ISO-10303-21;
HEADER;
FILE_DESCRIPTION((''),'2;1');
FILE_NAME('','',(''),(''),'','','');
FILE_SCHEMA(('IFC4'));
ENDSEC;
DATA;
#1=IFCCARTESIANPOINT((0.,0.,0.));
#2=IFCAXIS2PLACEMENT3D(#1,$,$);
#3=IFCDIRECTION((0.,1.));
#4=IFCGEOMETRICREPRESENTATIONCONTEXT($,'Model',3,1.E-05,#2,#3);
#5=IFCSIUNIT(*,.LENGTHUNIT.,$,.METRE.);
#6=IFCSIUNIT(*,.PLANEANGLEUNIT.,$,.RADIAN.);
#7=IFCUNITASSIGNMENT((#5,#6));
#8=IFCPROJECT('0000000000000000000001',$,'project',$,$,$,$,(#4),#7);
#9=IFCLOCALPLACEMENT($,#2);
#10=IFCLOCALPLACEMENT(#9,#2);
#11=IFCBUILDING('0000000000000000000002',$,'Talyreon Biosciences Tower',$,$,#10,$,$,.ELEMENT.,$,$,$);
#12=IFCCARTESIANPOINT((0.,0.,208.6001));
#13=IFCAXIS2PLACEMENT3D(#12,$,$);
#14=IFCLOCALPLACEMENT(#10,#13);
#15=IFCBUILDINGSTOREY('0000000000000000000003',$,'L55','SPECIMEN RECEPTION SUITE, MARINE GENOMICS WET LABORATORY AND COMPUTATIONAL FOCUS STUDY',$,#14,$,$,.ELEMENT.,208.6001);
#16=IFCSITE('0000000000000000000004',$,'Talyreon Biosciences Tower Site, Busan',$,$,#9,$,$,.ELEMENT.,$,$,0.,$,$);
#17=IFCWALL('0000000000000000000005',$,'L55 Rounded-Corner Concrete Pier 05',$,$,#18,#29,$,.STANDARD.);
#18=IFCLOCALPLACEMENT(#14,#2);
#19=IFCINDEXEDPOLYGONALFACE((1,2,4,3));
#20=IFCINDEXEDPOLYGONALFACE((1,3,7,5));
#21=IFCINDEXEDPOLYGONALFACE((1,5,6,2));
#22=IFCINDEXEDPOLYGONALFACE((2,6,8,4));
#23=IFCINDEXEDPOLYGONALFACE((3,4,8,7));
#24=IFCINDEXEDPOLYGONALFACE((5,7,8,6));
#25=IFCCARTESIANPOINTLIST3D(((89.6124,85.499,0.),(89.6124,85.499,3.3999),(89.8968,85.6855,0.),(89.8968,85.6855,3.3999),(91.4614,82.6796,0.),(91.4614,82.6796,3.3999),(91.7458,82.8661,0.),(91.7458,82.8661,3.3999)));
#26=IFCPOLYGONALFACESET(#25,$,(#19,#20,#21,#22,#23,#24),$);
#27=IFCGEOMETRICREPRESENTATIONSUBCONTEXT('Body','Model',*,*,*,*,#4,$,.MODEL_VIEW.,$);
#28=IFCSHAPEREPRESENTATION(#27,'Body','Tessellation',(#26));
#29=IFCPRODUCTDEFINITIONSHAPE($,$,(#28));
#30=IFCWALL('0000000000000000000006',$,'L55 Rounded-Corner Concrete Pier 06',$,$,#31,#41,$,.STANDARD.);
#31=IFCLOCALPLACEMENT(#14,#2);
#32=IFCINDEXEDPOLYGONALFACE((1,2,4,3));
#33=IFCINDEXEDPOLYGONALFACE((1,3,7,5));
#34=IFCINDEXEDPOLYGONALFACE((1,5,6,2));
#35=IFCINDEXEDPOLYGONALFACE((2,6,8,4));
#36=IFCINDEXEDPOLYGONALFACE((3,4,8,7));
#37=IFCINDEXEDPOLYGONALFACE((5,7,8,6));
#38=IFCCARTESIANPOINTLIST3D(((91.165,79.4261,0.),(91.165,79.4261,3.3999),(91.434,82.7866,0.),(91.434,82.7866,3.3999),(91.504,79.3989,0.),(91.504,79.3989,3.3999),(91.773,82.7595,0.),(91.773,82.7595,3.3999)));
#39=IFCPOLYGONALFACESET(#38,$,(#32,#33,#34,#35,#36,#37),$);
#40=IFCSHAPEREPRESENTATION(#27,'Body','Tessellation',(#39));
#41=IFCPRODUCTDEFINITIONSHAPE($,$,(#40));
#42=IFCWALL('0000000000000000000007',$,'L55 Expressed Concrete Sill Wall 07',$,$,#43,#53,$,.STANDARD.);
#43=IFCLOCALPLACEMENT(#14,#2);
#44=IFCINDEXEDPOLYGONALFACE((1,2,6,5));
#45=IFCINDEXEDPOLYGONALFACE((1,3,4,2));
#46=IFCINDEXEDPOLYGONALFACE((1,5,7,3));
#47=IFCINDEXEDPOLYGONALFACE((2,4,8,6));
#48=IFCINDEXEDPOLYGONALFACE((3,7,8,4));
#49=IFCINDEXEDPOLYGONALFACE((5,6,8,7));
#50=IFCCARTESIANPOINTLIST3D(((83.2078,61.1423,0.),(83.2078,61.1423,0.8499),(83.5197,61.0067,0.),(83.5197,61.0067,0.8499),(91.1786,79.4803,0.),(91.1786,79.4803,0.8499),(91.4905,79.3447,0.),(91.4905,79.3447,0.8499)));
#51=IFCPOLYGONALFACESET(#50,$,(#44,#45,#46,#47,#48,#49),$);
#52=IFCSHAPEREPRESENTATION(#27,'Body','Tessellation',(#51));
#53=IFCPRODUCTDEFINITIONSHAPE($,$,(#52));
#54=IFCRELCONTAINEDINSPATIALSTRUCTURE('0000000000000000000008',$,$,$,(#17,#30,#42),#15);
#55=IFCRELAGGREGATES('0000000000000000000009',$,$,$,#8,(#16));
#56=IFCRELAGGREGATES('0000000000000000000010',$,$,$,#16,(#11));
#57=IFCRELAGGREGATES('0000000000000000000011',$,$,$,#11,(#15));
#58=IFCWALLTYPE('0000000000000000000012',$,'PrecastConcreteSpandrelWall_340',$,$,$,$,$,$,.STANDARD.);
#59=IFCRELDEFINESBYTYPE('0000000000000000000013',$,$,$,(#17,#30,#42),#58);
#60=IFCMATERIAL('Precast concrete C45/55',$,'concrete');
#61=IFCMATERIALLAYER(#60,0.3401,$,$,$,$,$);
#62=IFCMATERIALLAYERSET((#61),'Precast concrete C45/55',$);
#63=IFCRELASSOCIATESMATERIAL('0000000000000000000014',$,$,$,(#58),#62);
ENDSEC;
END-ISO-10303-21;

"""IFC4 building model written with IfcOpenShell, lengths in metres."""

from ifc_helpers import new_model, si_unit, direction, frame, frame_2d, origin, place, context, subcontext, project, spatial, rectangle, extrude, material, layer, layer_set, type_object, element, save


model = new_model("IFC4")

# Units and contexts
model_context = context("Model", 3, precision=1e-05, world=origin(), true_north=direction((0.0, 1.0)))
body_context = subcontext(model_context, "Body", "Model", "MODEL_VIEW")
ifc_project = project(units=[si_unit("LENGTHUNIT", "METRE"), si_unit("PLANEANGLEUNIT", "RADIAN")], contexts=[model_context])

# Site, building, storey
site_placement = place(None, origin())
site = spatial("IfcSite", under=ifc_project, at=site_placement, Name="Talyreon Biosciences Tower Site, Busan", CompositionType="ELEMENT", RefElevation=0.0)
building_placement = place(site_placement, origin())
building = spatial("IfcBuilding", under=site, at=building_placement, Name="Talyreon Biosciences Tower", CompositionType="ELEMENT")
storey_placement = place(building_placement, frame((0.0, 0.0, 208.6001)))
storey = spatial("IfcBuildingStorey", under=building, at=storey_placement, Name="L55", Description="SPECIMEN RECEPTION SUITE, MARINE GENOMICS WET LABORATORY AND COMPUTATIONAL FOCUS STUDY", CompositionType="ELEMENT", Elevation=208.6001)

# Shared definitions
ifc_material_1 = material(Name="Precast concrete C45/55", Category="concrete")

# Walls
ifc_layer_1 = layer(ifc_material_1, 0.3401)
ifc_layer_set_1 = layer_set([ifc_layer_1], Name="Precast concrete C45/55")
wall_type_1 = type_object("IfcWallType", Name="PrecastConcreteSpandrelWall_340", PredefinedType="STANDARD", material=ifc_layer_set_1)
wall_1_placement = place(storey_placement, frame((89.7546, 85.5923, 0.0), z_axis=(0.0, 0.0, 1.0), x_axis=(0.548384, -0.836226, 0.0)))
element("IfcWall", 1, at=wall_1_placement, inside=storey, type_object=wall_type_1, Name="L55 Rounded-Corner Concrete Pier 05", PredefinedType="STANDARD", context=body_context, shape_type="SweptSolid", body=[
    extrude(rectangle(XDim=3.3716, YDim=0.3401, at=frame_2d((1.6858, 0.0))), origin(), (0.0, 0.0, 1.0), 3.3999),
])
wall_2_placement = place(storey_placement, frame((91.6035, 82.7729, 0.0), z_axis=(0.0, 0.0, 1.0), x_axis=(-0.079803, -0.996811, 0.0)))
element("IfcWall", 2, at=wall_2_placement, inside=storey, type_object=wall_type_1, Name="L55 Rounded-Corner Concrete Pier 06", PredefinedType="STANDARD", context=body_context, shape_type="SweptSolid", body=[
    extrude(rectangle(XDim=3.3713, YDim=0.3401, at=frame_2d((1.6855, 0.0))), origin(), (0.0, 0.0, 1.0), 3.3999),
])
wall_3_placement = place(storey_placement, frame((91.3345, 79.4124, 0.0), z_axis=(0.0, 0.0, 1.0), x_axis=(-0.39863, -0.917112, 0.0)))
element("IfcWall", 3, at=wall_3_placement, inside=storey, type_object=wall_type_1, Name="L55 Expressed Concrete Sill Wall 07", PredefinedType="STANDARD", context=body_context, shape_type="SweptSolid", body=[
    extrude(rectangle(XDim=19.9954, YDim=0.3401, at=frame_2d((9.9976, 0.0))), origin(), (0.0, 0.0, 1.0), 0.8499),
])

save(model, "model.ifc")
